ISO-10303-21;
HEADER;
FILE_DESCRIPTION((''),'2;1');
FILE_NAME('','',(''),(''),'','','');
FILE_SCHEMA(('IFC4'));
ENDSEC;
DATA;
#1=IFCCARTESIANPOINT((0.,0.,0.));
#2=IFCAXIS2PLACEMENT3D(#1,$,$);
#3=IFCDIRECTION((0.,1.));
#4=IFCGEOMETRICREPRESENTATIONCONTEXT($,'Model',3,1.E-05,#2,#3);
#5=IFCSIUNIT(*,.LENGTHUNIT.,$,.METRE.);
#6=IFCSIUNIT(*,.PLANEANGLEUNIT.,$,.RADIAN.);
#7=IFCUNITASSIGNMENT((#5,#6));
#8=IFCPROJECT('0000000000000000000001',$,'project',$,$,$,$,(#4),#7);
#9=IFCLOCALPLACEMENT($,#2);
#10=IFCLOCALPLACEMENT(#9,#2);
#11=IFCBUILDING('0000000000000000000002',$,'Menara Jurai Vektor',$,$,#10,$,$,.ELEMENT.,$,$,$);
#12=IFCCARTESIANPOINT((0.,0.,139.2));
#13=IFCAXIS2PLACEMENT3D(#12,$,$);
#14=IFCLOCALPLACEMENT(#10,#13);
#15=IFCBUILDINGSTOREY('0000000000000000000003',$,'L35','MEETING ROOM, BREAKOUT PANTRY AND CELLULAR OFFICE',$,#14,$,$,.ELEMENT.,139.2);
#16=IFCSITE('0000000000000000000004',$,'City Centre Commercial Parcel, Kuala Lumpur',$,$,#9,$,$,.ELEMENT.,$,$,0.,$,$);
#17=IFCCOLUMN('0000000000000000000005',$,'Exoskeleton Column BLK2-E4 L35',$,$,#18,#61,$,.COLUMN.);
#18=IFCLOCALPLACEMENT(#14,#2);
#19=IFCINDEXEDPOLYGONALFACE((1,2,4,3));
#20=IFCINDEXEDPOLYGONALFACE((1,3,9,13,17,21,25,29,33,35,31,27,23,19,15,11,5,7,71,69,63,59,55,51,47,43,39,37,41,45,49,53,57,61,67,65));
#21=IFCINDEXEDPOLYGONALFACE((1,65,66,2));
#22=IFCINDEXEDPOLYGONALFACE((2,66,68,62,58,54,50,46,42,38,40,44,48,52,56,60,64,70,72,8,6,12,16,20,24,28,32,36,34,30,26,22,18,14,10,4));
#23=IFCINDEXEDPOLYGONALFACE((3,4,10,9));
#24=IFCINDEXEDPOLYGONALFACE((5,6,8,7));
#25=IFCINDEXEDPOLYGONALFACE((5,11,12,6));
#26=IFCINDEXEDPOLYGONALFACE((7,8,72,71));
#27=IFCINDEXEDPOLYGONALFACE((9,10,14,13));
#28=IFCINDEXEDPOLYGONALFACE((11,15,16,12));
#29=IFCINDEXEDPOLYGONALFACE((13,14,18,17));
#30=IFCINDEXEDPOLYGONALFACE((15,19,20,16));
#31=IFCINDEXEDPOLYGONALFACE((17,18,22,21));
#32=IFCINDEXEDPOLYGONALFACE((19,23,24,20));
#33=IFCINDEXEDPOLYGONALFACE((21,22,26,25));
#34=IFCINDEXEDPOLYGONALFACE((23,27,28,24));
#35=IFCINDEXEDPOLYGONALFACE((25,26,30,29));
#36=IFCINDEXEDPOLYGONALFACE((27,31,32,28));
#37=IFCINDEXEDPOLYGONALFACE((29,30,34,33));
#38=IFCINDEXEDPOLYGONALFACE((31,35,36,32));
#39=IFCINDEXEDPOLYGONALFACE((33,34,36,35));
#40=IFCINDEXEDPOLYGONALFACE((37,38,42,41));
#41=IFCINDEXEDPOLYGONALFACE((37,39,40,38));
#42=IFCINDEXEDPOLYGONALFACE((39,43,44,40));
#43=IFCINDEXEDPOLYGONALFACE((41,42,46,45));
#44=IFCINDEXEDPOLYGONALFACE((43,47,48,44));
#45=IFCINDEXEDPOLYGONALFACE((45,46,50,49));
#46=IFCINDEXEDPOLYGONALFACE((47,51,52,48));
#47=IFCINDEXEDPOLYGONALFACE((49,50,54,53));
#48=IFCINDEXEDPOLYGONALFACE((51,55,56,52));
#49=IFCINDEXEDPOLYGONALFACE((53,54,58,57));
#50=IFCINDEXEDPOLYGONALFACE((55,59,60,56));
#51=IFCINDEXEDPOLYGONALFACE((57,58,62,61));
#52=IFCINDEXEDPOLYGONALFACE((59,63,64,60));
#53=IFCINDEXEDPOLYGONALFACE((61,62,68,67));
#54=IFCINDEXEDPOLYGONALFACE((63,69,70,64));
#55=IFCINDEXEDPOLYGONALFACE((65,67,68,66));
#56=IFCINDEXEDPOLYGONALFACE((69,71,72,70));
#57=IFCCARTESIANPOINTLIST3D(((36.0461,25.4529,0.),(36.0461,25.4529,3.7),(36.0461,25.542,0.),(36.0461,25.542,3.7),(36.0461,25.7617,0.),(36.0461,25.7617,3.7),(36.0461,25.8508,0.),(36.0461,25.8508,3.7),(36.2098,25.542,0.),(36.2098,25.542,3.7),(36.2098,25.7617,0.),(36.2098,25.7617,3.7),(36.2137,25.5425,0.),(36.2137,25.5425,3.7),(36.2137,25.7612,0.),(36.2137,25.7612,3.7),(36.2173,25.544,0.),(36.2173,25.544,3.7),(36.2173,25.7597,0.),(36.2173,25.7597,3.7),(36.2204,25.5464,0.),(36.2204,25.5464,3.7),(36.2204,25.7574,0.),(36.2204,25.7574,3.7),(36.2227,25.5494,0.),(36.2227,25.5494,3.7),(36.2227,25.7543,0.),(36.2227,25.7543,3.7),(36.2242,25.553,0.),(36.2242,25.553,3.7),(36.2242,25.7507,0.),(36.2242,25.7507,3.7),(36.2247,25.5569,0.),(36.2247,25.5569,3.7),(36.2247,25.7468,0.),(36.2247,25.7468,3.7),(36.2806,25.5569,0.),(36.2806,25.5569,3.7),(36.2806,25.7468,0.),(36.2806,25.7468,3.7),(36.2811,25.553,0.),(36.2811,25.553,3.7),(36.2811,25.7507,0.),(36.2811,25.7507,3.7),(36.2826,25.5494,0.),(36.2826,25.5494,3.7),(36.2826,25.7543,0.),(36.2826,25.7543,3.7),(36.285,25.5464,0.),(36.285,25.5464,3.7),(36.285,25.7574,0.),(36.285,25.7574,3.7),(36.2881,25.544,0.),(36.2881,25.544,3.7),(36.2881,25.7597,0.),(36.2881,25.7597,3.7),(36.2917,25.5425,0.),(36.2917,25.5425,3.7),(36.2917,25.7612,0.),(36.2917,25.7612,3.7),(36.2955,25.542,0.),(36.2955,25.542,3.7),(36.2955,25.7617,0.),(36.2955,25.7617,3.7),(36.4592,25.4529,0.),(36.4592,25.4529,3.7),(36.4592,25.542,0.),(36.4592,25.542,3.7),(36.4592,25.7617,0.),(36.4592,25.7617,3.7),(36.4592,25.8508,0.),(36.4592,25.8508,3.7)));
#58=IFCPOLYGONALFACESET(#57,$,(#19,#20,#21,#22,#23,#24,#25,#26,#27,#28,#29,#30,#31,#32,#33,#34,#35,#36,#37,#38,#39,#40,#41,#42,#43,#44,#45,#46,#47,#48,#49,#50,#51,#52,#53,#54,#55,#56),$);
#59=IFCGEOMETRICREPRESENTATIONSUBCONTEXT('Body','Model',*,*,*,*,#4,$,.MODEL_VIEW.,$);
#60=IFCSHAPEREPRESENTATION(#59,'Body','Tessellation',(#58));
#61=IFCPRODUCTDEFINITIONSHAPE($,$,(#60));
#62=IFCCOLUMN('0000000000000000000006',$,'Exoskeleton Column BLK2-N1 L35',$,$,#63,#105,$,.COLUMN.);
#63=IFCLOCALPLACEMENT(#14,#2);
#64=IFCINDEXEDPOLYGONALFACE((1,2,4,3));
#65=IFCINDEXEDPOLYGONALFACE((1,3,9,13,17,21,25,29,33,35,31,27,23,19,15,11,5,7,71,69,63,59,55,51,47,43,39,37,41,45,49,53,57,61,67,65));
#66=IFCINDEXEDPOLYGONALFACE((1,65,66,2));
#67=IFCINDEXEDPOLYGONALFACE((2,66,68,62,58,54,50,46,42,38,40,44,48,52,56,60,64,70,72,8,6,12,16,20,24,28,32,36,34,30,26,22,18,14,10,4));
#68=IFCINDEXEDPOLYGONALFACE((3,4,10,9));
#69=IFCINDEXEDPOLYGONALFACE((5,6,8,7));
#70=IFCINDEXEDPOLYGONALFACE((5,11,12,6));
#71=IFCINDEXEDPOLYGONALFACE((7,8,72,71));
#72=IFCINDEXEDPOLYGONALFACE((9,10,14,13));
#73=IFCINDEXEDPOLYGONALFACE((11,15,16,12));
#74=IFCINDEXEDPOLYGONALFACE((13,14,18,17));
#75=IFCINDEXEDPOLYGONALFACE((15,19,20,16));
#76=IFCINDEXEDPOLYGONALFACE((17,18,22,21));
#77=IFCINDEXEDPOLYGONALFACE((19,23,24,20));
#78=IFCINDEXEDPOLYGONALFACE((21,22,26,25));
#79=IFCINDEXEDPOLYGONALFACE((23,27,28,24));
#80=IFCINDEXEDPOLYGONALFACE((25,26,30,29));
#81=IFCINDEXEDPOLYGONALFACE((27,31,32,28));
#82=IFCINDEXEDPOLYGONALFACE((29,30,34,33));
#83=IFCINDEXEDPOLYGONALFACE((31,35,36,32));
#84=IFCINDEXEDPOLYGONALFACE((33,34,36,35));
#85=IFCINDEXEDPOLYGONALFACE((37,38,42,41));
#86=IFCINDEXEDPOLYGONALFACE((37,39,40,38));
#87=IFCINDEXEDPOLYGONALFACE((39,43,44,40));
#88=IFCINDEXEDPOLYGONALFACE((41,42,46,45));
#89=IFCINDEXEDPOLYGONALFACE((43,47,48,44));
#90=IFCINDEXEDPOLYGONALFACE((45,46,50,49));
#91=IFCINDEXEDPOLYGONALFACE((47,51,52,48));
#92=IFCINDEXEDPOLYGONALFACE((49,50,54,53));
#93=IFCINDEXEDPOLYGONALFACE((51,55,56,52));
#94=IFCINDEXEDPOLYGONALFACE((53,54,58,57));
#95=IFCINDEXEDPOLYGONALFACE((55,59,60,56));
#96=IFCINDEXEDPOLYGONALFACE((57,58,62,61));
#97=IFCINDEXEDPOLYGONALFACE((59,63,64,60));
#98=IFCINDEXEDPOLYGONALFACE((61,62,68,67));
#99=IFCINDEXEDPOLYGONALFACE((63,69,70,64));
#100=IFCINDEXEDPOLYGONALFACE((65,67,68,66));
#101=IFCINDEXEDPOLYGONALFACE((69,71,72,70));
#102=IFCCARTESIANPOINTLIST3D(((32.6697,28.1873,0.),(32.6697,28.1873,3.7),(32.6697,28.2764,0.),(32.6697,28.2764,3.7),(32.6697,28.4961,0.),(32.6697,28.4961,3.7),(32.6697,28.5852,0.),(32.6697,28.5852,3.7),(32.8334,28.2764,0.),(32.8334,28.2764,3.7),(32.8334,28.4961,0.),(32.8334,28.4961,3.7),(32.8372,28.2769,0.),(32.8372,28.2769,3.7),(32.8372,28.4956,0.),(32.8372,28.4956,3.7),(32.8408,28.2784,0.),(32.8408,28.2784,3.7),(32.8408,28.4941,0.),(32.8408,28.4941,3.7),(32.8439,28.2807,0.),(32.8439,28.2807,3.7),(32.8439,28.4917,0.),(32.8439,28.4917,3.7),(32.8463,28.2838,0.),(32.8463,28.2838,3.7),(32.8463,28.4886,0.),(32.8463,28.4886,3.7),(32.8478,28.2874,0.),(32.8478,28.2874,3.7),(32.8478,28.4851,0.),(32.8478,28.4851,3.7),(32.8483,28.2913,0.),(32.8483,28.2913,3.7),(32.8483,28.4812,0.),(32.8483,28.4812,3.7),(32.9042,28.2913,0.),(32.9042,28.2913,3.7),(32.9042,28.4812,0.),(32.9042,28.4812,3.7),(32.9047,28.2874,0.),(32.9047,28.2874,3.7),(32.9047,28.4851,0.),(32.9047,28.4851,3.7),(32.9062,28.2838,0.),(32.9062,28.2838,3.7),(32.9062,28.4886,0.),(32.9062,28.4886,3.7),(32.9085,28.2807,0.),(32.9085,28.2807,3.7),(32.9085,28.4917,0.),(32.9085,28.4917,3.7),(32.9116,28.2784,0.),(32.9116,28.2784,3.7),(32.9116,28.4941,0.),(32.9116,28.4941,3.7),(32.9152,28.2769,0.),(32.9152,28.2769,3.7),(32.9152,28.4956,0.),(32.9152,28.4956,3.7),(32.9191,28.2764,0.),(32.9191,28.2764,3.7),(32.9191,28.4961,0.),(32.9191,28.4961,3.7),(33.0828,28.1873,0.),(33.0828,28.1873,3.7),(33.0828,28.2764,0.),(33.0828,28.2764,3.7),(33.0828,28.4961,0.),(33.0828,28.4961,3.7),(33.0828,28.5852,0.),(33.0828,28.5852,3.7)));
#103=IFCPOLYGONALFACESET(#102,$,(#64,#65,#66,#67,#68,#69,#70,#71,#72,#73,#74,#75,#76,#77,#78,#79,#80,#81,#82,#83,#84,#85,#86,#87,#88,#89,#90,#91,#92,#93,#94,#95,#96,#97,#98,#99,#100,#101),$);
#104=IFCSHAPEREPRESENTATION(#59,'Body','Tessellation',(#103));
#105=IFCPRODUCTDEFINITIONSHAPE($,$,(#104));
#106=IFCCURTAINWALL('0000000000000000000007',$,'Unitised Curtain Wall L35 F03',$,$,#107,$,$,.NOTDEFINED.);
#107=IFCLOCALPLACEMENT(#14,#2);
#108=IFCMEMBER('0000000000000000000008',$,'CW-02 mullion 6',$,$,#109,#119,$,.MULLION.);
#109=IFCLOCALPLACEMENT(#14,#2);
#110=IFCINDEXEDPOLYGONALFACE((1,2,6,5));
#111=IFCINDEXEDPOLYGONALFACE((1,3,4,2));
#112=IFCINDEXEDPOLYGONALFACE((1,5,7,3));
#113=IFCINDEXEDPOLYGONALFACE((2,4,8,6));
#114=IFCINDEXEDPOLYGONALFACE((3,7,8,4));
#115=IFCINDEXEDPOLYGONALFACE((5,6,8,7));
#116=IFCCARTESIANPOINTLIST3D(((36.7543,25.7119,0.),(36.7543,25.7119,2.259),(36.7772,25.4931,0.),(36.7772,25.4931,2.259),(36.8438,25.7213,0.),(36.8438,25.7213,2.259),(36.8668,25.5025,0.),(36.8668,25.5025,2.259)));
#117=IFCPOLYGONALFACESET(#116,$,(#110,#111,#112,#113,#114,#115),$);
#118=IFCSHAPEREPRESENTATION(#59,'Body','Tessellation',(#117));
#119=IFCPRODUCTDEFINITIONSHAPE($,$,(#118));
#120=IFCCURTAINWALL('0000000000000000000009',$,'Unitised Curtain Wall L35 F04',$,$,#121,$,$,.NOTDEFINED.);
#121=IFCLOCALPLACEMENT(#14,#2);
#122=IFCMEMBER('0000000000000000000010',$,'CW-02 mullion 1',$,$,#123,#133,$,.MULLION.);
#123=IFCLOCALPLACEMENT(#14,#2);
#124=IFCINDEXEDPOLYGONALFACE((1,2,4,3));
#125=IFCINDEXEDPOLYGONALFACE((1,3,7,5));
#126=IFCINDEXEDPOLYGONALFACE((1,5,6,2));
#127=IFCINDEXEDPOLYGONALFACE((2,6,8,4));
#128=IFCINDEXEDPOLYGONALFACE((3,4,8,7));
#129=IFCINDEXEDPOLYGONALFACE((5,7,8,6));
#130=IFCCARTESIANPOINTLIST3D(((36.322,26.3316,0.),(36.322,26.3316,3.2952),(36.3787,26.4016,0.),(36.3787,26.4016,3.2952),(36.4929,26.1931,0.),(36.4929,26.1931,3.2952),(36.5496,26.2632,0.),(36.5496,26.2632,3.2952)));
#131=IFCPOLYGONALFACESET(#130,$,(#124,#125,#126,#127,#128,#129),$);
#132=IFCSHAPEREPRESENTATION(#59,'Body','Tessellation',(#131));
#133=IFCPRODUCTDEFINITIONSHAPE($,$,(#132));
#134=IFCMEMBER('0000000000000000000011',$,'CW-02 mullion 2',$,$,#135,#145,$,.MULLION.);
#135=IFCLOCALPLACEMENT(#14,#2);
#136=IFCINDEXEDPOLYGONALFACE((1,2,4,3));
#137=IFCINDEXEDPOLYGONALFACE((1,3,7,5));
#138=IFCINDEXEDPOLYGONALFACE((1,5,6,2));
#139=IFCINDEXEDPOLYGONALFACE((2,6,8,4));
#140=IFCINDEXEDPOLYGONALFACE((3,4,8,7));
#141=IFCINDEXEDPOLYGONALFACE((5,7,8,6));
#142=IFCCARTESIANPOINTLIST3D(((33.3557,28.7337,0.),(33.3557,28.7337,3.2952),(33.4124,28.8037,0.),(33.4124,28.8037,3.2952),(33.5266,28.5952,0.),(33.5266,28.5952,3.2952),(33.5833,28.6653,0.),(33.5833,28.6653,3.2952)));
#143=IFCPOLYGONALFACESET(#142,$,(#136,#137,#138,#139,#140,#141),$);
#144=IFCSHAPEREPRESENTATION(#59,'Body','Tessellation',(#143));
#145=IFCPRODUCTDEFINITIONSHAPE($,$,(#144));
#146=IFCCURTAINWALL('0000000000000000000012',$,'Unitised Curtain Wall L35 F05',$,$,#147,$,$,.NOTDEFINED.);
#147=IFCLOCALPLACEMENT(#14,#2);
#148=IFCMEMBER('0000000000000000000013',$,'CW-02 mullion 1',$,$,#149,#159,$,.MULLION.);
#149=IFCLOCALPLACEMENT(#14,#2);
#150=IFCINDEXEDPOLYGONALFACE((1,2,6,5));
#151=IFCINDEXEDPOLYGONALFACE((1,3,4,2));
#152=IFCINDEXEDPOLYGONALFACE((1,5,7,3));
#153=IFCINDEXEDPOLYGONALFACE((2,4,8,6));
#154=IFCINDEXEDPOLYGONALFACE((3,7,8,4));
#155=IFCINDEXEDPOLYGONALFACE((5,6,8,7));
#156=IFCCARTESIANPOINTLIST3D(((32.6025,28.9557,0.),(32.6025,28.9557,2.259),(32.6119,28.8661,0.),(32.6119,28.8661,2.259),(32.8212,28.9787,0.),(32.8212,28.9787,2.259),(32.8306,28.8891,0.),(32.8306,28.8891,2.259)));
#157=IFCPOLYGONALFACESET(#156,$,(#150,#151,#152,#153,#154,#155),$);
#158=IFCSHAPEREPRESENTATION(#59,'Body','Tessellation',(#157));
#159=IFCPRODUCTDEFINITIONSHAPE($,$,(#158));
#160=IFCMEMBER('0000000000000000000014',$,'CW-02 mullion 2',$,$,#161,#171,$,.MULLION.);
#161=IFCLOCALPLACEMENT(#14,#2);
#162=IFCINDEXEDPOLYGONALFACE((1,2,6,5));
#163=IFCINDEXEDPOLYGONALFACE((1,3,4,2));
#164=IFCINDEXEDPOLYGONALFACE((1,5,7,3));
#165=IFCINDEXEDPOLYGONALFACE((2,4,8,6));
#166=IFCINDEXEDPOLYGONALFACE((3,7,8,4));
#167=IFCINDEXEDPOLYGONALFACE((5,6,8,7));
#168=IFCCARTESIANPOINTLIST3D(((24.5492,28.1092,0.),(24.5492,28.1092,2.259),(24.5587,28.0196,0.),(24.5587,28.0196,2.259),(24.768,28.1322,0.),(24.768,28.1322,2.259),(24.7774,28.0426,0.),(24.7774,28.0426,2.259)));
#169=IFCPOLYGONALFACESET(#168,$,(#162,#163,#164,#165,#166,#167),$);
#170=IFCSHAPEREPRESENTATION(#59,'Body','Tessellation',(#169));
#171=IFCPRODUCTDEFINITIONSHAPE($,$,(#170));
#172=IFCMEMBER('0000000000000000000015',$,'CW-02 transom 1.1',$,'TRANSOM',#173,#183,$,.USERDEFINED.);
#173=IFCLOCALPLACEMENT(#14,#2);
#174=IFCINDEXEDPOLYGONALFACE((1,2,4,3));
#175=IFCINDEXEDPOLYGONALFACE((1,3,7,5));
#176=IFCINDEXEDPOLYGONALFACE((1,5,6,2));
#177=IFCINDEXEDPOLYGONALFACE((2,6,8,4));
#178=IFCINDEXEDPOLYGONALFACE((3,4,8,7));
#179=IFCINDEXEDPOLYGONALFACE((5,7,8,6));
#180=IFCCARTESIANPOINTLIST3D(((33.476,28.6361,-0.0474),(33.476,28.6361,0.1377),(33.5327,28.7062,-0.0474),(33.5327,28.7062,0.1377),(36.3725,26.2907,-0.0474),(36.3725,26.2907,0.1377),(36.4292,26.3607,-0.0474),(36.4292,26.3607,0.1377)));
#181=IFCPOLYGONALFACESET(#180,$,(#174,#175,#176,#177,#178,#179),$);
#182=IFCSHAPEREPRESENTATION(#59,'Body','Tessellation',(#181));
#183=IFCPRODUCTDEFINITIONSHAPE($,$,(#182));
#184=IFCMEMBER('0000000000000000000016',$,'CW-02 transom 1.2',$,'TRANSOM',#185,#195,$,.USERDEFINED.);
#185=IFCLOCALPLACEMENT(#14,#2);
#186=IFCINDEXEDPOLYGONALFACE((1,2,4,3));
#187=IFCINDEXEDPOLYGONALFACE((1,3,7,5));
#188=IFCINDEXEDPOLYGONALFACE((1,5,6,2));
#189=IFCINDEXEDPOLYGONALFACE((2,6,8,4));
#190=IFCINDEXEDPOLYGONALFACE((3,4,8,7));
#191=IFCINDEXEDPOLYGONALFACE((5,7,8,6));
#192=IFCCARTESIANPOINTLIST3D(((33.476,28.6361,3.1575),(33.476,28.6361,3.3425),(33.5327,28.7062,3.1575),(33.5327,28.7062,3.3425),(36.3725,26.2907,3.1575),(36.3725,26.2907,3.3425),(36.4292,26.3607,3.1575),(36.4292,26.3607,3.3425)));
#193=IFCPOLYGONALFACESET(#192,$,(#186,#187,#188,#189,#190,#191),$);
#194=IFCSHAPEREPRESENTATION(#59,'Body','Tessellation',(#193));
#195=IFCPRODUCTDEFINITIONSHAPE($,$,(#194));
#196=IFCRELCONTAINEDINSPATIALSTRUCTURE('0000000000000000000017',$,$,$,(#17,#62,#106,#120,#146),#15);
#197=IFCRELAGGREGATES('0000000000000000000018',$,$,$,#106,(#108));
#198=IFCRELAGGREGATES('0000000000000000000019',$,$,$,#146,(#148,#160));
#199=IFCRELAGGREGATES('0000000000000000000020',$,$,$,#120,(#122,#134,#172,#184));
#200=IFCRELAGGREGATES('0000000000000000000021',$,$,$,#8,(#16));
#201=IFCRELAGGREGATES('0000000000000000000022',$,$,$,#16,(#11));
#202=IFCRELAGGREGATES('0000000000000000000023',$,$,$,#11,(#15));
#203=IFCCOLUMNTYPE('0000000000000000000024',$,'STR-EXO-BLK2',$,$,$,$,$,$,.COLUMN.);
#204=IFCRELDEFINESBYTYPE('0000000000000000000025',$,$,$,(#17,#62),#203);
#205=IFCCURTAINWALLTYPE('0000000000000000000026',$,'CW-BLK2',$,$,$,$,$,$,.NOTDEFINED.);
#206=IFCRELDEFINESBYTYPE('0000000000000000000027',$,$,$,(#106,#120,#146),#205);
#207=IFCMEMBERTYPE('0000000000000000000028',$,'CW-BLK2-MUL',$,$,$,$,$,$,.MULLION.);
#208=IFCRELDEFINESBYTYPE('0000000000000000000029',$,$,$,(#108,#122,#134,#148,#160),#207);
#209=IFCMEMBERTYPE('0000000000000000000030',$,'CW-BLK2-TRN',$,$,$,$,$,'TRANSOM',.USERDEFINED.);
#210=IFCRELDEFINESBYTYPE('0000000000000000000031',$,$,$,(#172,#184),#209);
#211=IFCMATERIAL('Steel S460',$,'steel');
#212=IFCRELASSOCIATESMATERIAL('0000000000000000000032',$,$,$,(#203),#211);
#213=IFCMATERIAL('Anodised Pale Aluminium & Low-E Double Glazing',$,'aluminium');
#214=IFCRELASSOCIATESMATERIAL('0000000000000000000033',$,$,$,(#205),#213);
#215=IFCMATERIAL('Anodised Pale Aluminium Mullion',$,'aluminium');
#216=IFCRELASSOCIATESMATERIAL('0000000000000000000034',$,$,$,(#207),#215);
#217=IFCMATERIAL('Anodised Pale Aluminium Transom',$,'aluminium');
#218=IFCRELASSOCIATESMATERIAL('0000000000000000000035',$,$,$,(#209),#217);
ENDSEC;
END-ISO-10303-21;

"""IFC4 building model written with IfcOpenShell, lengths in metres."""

from ifc_helpers import new_model, si_unit, direction, frame, origin, origin_2d, place, context, subcontext, project, spatial, rectangle, i_section, extrude, material, material_profile, profile_set, type_object, element, aggregate, save


model = new_model("IFC4")

# Units and contexts
model_context = context("Model", 3, precision=1e-05, world=origin(), true_north=direction((0.0, 1.0)))
body_context = subcontext(model_context, "Body", "Model", "MODEL_VIEW")
ifc_project = project(units=[si_unit("LENGTHUNIT", "METRE"), si_unit("PLANEANGLEUNIT", "RADIAN")], contexts=[model_context])

# Site, building, storey
site_placement = place(None, origin())
site = spatial("IfcSite", under=ifc_project, at=site_placement, Name="City Centre Commercial Parcel, Kuala Lumpur", CompositionType="ELEMENT", RefElevation=0.0)
building_placement = place(site_placement, origin())
building = spatial("IfcBuilding", under=site, at=building_placement, Name="Menara Jurai Vektor", CompositionType="ELEMENT")
storey_placement = place(building_placement, frame((0.0, 0.0, 139.2)))
storey = spatial("IfcBuildingStorey", under=building, at=storey_placement, Name="L35", Description="MEETING ROOM, BREAKOUT PANTRY AND CELLULAR OFFICE", CompositionType="ELEMENT", Elevation=139.2)

# Columns
ifc_material_1 = material(Name="Steel S460", Category="steel")
ifc_material_profile_1 = material_profile(ifc_material_1, i_section(OverallWidth=0.4131, OverallDepth=0.3979, WebThickness=0.0559, FlangeThickness=0.0891, FilletRadius=0.0149, at=origin_2d()), Name="HD 400x744")
ifc_profile_set_1 = profile_set([ifc_material_profile_1], Name="Steel S460")
column_type = type_object("IfcColumnType", Name="STR-EXO-BLK2", PredefinedType="COLUMN", material=ifc_profile_set_1)
for number, where, z_axis, x_axis, name in (
    (1, (36.2527, 25.6519, 0.0), (0.0, 0.0, 1.0), (1.0, 0.0, 0.0), "Exoskeleton Column BLK2-E4 L35"),
    (2, (32.8762, 28.3862, 0.0), (0.0, 0.0, 1.0), (1.0, 0.0, 0.0), "Exoskeleton Column BLK2-N1 L35"),
):
    element("IfcColumn", number, at=place(storey_placement, frame(where, z_axis=z_axis, x_axis=x_axis)), inside=storey, type_object=column_type, Name=name, PredefinedType="COLUMN", context=body_context, shape_type="SweptSolid", body=[
        extrude(i_section(OverallWidth=0.4131, OverallDepth=0.3979, WebThickness=0.0559, FlangeThickness=0.0891, FilletRadius=0.0149, at=origin_2d()), origin(), (0.0, 0.0, 1.0), 3.7),
    ])

# Curtain wall, member
ifc_material_2 = material(Name="Anodised Pale Aluminium & Low-E Double Glazing", Category="aluminium")
curtain_wall_type = type_object("IfcCurtainWallType", Name="CW-BLK2", PredefinedType="NOTDEFINED", material=ifc_material_2)
curtain_wall_1_placement = place(storey_placement, origin())
curtain_wall_1 = element("IfcCurtainWall", 3, at=curtain_wall_1_placement, inside=storey, type_object=curtain_wall_type, Name="Unitised Curtain Wall L35 F03", PredefinedType="NOTDEFINED")
ifc_material_3 = material(Name="Anodised Pale Aluminium Mullion", Category="aluminium")
ifc_material_profile_2 = material_profile(ifc_material_3, rectangle(XDim=0.0901, YDim=0.22, at=origin_2d()), Name="ALU MUL 90x220")
ifc_profile_set_2 = profile_set([ifc_material_profile_2], Name="Anodised Pale Aluminium Mullion")
member_type_1 = type_object("IfcMemberType", Name="CW-BLK2-MUL", PredefinedType="MULLION", material=ifc_profile_set_2)
member_1_placement = place(storey_placement, frame((36.8105, 25.6072, 0.0), z_axis=(0.0, 0.0, 1.0), x_axis=(-0.994522, -0.10453, 0.0)))
member_1 = element("IfcMember", 4, at=member_1_placement, type_object=member_type_1, Name="CW-02 mullion 6", PredefinedType="MULLION", context=body_context, shape_type="SweptSolid", body=[
    extrude(rectangle(XDim=0.0901, YDim=0.22, at=origin_2d()), origin(), (0.0, 0.0, 1.0), 2.259),
])
aggregate(curtain_wall_1, [member_1])

# Curtain walls, members
curtain_wall_2_placement = place(storey_placement, origin())
curtain_wall_2 = element("IfcCurtainWall", 5, at=curtain_wall_2_placement, inside=storey, type_object=curtain_wall_type, Name="Unitised Curtain Wall L35 F04", PredefinedType="NOTDEFINED")
member_2_placement = place(storey_placement, frame((36.4358, 26.2974, 0.0), z_axis=(0.0, 0.0, 1.0), x_axis=(-0.629313, -0.777152, 0.0)))
member_2 = element("IfcMember", 6, at=member_2_placement, type_object=member_type_1, Name="CW-02 mullion 1", PredefinedType="MULLION", context=body_context, shape_type="SweptSolid", body=[
    extrude(rectangle(XDim=0.0901, YDim=0.22, at=origin_2d()), origin(), (0.0, 0.0, 1.0), 3.2952),
])
member_3_placement = place(storey_placement, frame((33.4695, 28.6995, 0.0), z_axis=(0.0, 0.0, 1.0), x_axis=(-0.629313, -0.777152, 0.0)))
member_3 = element("IfcMember", 7, at=member_3_placement, type_object=member_type_1, Name="CW-02 mullion 2", PredefinedType="MULLION", context=body_context, shape_type="SweptSolid", body=[
    extrude(rectangle(XDim=0.0901, YDim=0.22, at=origin_2d()), origin(), (0.0, 0.0, 1.0), 3.2952),
])
curtain_wall_3_placement = place(storey_placement, origin())
curtain_wall_3 = element("IfcCurtainWall", 8, at=curtain_wall_3_placement, inside=storey, type_object=curtain_wall_type, Name="Unitised Curtain Wall L35 F05", PredefinedType="NOTDEFINED")
member_4_placement = place(storey_placement, frame((32.7166, 28.9224, 0.0), z_axis=(0.0, 0.0, 1.0), x_axis=(0.104529, -0.994522, 0.0)))
member_4 = element("IfcMember", 9, at=member_4_placement, type_object=member_type_1, Name="CW-02 mullion 1", PredefinedType="MULLION", context=body_context, shape_type="SweptSolid", body=[
    extrude(rectangle(XDim=0.0901, YDim=0.22, at=origin_2d()), origin(), (0.0, 0.0, 1.0), 2.259),
])
member_5_placement = place(storey_placement, frame((24.6633, 28.0759, 0.0), z_axis=(0.0, 0.0, 1.0), x_axis=(0.104529, -0.994522, 0.0)))
member_5 = element("IfcMember", 10, at=member_5_placement, type_object=member_type_1, Name="CW-02 mullion 2", PredefinedType="MULLION", context=body_context, shape_type="SweptSolid", body=[
    extrude(rectangle(XDim=0.0901, YDim=0.22, at=origin_2d()), origin(), (0.0, 0.0, 1.0), 2.259),
])

# Members
ifc_material_4 = material(Name="Anodised Pale Aluminium Transom", Category="aluminium")
ifc_material_profile_3 = material_profile(ifc_material_4, rectangle(XDim=0.0901, YDim=0.1851, at=origin_2d()), Name="ALU TRN 90x185")
ifc_profile_set_3 = profile_set([ifc_material_profile_3], Name="Anodised Pale Aluminium Transom")
member_type_2 = type_object("IfcMemberType", Name="CW-BLK2-TRN", ElementType="TRANSOM", PredefinedType="USERDEFINED", material=ifc_profile_set_3)
member_6_placement = place(storey_placement, frame((36.4009, 26.3257, 0.0452), z_axis=(-0.777155, 0.629309, 0.0), x_axis=(-0.629309, -0.777155, 0.0)))
member_6 = element("IfcMember", 11, at=member_6_placement, type_object=member_type_2, Name="CW-02 transom 1.1", ObjectType="TRANSOM", PredefinedType="USERDEFINED", context=body_context, shape_type="SweptSolid", body=[
    extrude(rectangle(XDim=0.0901, YDim=0.1851, at=origin_2d()), origin(), (0.0, 0.0, 1.0), 3.7271),
])
member_7_placement = place(storey_placement, frame((36.4009, 26.3257, 3.25), z_axis=(-0.777155, 0.629309, 0.0), x_axis=(-0.629309, -0.777155, 0.0)))
member_7 = element("IfcMember", 12, at=member_7_placement, type_object=member_type_2, Name="CW-02 transom 1.2", ObjectType="TRANSOM", PredefinedType="USERDEFINED", context=body_context, shape_type="SweptSolid", body=[
    extrude(rectangle(XDim=0.0901, YDim=0.1851, at=origin_2d()), origin(), (0.0, 0.0, 1.0), 3.7271),
])

aggregate(curtain_wall_3, [member_4, member_5])
aggregate(curtain_wall_2, [member_2, member_3, member_6, member_7])

save(model, "model.ifc")
